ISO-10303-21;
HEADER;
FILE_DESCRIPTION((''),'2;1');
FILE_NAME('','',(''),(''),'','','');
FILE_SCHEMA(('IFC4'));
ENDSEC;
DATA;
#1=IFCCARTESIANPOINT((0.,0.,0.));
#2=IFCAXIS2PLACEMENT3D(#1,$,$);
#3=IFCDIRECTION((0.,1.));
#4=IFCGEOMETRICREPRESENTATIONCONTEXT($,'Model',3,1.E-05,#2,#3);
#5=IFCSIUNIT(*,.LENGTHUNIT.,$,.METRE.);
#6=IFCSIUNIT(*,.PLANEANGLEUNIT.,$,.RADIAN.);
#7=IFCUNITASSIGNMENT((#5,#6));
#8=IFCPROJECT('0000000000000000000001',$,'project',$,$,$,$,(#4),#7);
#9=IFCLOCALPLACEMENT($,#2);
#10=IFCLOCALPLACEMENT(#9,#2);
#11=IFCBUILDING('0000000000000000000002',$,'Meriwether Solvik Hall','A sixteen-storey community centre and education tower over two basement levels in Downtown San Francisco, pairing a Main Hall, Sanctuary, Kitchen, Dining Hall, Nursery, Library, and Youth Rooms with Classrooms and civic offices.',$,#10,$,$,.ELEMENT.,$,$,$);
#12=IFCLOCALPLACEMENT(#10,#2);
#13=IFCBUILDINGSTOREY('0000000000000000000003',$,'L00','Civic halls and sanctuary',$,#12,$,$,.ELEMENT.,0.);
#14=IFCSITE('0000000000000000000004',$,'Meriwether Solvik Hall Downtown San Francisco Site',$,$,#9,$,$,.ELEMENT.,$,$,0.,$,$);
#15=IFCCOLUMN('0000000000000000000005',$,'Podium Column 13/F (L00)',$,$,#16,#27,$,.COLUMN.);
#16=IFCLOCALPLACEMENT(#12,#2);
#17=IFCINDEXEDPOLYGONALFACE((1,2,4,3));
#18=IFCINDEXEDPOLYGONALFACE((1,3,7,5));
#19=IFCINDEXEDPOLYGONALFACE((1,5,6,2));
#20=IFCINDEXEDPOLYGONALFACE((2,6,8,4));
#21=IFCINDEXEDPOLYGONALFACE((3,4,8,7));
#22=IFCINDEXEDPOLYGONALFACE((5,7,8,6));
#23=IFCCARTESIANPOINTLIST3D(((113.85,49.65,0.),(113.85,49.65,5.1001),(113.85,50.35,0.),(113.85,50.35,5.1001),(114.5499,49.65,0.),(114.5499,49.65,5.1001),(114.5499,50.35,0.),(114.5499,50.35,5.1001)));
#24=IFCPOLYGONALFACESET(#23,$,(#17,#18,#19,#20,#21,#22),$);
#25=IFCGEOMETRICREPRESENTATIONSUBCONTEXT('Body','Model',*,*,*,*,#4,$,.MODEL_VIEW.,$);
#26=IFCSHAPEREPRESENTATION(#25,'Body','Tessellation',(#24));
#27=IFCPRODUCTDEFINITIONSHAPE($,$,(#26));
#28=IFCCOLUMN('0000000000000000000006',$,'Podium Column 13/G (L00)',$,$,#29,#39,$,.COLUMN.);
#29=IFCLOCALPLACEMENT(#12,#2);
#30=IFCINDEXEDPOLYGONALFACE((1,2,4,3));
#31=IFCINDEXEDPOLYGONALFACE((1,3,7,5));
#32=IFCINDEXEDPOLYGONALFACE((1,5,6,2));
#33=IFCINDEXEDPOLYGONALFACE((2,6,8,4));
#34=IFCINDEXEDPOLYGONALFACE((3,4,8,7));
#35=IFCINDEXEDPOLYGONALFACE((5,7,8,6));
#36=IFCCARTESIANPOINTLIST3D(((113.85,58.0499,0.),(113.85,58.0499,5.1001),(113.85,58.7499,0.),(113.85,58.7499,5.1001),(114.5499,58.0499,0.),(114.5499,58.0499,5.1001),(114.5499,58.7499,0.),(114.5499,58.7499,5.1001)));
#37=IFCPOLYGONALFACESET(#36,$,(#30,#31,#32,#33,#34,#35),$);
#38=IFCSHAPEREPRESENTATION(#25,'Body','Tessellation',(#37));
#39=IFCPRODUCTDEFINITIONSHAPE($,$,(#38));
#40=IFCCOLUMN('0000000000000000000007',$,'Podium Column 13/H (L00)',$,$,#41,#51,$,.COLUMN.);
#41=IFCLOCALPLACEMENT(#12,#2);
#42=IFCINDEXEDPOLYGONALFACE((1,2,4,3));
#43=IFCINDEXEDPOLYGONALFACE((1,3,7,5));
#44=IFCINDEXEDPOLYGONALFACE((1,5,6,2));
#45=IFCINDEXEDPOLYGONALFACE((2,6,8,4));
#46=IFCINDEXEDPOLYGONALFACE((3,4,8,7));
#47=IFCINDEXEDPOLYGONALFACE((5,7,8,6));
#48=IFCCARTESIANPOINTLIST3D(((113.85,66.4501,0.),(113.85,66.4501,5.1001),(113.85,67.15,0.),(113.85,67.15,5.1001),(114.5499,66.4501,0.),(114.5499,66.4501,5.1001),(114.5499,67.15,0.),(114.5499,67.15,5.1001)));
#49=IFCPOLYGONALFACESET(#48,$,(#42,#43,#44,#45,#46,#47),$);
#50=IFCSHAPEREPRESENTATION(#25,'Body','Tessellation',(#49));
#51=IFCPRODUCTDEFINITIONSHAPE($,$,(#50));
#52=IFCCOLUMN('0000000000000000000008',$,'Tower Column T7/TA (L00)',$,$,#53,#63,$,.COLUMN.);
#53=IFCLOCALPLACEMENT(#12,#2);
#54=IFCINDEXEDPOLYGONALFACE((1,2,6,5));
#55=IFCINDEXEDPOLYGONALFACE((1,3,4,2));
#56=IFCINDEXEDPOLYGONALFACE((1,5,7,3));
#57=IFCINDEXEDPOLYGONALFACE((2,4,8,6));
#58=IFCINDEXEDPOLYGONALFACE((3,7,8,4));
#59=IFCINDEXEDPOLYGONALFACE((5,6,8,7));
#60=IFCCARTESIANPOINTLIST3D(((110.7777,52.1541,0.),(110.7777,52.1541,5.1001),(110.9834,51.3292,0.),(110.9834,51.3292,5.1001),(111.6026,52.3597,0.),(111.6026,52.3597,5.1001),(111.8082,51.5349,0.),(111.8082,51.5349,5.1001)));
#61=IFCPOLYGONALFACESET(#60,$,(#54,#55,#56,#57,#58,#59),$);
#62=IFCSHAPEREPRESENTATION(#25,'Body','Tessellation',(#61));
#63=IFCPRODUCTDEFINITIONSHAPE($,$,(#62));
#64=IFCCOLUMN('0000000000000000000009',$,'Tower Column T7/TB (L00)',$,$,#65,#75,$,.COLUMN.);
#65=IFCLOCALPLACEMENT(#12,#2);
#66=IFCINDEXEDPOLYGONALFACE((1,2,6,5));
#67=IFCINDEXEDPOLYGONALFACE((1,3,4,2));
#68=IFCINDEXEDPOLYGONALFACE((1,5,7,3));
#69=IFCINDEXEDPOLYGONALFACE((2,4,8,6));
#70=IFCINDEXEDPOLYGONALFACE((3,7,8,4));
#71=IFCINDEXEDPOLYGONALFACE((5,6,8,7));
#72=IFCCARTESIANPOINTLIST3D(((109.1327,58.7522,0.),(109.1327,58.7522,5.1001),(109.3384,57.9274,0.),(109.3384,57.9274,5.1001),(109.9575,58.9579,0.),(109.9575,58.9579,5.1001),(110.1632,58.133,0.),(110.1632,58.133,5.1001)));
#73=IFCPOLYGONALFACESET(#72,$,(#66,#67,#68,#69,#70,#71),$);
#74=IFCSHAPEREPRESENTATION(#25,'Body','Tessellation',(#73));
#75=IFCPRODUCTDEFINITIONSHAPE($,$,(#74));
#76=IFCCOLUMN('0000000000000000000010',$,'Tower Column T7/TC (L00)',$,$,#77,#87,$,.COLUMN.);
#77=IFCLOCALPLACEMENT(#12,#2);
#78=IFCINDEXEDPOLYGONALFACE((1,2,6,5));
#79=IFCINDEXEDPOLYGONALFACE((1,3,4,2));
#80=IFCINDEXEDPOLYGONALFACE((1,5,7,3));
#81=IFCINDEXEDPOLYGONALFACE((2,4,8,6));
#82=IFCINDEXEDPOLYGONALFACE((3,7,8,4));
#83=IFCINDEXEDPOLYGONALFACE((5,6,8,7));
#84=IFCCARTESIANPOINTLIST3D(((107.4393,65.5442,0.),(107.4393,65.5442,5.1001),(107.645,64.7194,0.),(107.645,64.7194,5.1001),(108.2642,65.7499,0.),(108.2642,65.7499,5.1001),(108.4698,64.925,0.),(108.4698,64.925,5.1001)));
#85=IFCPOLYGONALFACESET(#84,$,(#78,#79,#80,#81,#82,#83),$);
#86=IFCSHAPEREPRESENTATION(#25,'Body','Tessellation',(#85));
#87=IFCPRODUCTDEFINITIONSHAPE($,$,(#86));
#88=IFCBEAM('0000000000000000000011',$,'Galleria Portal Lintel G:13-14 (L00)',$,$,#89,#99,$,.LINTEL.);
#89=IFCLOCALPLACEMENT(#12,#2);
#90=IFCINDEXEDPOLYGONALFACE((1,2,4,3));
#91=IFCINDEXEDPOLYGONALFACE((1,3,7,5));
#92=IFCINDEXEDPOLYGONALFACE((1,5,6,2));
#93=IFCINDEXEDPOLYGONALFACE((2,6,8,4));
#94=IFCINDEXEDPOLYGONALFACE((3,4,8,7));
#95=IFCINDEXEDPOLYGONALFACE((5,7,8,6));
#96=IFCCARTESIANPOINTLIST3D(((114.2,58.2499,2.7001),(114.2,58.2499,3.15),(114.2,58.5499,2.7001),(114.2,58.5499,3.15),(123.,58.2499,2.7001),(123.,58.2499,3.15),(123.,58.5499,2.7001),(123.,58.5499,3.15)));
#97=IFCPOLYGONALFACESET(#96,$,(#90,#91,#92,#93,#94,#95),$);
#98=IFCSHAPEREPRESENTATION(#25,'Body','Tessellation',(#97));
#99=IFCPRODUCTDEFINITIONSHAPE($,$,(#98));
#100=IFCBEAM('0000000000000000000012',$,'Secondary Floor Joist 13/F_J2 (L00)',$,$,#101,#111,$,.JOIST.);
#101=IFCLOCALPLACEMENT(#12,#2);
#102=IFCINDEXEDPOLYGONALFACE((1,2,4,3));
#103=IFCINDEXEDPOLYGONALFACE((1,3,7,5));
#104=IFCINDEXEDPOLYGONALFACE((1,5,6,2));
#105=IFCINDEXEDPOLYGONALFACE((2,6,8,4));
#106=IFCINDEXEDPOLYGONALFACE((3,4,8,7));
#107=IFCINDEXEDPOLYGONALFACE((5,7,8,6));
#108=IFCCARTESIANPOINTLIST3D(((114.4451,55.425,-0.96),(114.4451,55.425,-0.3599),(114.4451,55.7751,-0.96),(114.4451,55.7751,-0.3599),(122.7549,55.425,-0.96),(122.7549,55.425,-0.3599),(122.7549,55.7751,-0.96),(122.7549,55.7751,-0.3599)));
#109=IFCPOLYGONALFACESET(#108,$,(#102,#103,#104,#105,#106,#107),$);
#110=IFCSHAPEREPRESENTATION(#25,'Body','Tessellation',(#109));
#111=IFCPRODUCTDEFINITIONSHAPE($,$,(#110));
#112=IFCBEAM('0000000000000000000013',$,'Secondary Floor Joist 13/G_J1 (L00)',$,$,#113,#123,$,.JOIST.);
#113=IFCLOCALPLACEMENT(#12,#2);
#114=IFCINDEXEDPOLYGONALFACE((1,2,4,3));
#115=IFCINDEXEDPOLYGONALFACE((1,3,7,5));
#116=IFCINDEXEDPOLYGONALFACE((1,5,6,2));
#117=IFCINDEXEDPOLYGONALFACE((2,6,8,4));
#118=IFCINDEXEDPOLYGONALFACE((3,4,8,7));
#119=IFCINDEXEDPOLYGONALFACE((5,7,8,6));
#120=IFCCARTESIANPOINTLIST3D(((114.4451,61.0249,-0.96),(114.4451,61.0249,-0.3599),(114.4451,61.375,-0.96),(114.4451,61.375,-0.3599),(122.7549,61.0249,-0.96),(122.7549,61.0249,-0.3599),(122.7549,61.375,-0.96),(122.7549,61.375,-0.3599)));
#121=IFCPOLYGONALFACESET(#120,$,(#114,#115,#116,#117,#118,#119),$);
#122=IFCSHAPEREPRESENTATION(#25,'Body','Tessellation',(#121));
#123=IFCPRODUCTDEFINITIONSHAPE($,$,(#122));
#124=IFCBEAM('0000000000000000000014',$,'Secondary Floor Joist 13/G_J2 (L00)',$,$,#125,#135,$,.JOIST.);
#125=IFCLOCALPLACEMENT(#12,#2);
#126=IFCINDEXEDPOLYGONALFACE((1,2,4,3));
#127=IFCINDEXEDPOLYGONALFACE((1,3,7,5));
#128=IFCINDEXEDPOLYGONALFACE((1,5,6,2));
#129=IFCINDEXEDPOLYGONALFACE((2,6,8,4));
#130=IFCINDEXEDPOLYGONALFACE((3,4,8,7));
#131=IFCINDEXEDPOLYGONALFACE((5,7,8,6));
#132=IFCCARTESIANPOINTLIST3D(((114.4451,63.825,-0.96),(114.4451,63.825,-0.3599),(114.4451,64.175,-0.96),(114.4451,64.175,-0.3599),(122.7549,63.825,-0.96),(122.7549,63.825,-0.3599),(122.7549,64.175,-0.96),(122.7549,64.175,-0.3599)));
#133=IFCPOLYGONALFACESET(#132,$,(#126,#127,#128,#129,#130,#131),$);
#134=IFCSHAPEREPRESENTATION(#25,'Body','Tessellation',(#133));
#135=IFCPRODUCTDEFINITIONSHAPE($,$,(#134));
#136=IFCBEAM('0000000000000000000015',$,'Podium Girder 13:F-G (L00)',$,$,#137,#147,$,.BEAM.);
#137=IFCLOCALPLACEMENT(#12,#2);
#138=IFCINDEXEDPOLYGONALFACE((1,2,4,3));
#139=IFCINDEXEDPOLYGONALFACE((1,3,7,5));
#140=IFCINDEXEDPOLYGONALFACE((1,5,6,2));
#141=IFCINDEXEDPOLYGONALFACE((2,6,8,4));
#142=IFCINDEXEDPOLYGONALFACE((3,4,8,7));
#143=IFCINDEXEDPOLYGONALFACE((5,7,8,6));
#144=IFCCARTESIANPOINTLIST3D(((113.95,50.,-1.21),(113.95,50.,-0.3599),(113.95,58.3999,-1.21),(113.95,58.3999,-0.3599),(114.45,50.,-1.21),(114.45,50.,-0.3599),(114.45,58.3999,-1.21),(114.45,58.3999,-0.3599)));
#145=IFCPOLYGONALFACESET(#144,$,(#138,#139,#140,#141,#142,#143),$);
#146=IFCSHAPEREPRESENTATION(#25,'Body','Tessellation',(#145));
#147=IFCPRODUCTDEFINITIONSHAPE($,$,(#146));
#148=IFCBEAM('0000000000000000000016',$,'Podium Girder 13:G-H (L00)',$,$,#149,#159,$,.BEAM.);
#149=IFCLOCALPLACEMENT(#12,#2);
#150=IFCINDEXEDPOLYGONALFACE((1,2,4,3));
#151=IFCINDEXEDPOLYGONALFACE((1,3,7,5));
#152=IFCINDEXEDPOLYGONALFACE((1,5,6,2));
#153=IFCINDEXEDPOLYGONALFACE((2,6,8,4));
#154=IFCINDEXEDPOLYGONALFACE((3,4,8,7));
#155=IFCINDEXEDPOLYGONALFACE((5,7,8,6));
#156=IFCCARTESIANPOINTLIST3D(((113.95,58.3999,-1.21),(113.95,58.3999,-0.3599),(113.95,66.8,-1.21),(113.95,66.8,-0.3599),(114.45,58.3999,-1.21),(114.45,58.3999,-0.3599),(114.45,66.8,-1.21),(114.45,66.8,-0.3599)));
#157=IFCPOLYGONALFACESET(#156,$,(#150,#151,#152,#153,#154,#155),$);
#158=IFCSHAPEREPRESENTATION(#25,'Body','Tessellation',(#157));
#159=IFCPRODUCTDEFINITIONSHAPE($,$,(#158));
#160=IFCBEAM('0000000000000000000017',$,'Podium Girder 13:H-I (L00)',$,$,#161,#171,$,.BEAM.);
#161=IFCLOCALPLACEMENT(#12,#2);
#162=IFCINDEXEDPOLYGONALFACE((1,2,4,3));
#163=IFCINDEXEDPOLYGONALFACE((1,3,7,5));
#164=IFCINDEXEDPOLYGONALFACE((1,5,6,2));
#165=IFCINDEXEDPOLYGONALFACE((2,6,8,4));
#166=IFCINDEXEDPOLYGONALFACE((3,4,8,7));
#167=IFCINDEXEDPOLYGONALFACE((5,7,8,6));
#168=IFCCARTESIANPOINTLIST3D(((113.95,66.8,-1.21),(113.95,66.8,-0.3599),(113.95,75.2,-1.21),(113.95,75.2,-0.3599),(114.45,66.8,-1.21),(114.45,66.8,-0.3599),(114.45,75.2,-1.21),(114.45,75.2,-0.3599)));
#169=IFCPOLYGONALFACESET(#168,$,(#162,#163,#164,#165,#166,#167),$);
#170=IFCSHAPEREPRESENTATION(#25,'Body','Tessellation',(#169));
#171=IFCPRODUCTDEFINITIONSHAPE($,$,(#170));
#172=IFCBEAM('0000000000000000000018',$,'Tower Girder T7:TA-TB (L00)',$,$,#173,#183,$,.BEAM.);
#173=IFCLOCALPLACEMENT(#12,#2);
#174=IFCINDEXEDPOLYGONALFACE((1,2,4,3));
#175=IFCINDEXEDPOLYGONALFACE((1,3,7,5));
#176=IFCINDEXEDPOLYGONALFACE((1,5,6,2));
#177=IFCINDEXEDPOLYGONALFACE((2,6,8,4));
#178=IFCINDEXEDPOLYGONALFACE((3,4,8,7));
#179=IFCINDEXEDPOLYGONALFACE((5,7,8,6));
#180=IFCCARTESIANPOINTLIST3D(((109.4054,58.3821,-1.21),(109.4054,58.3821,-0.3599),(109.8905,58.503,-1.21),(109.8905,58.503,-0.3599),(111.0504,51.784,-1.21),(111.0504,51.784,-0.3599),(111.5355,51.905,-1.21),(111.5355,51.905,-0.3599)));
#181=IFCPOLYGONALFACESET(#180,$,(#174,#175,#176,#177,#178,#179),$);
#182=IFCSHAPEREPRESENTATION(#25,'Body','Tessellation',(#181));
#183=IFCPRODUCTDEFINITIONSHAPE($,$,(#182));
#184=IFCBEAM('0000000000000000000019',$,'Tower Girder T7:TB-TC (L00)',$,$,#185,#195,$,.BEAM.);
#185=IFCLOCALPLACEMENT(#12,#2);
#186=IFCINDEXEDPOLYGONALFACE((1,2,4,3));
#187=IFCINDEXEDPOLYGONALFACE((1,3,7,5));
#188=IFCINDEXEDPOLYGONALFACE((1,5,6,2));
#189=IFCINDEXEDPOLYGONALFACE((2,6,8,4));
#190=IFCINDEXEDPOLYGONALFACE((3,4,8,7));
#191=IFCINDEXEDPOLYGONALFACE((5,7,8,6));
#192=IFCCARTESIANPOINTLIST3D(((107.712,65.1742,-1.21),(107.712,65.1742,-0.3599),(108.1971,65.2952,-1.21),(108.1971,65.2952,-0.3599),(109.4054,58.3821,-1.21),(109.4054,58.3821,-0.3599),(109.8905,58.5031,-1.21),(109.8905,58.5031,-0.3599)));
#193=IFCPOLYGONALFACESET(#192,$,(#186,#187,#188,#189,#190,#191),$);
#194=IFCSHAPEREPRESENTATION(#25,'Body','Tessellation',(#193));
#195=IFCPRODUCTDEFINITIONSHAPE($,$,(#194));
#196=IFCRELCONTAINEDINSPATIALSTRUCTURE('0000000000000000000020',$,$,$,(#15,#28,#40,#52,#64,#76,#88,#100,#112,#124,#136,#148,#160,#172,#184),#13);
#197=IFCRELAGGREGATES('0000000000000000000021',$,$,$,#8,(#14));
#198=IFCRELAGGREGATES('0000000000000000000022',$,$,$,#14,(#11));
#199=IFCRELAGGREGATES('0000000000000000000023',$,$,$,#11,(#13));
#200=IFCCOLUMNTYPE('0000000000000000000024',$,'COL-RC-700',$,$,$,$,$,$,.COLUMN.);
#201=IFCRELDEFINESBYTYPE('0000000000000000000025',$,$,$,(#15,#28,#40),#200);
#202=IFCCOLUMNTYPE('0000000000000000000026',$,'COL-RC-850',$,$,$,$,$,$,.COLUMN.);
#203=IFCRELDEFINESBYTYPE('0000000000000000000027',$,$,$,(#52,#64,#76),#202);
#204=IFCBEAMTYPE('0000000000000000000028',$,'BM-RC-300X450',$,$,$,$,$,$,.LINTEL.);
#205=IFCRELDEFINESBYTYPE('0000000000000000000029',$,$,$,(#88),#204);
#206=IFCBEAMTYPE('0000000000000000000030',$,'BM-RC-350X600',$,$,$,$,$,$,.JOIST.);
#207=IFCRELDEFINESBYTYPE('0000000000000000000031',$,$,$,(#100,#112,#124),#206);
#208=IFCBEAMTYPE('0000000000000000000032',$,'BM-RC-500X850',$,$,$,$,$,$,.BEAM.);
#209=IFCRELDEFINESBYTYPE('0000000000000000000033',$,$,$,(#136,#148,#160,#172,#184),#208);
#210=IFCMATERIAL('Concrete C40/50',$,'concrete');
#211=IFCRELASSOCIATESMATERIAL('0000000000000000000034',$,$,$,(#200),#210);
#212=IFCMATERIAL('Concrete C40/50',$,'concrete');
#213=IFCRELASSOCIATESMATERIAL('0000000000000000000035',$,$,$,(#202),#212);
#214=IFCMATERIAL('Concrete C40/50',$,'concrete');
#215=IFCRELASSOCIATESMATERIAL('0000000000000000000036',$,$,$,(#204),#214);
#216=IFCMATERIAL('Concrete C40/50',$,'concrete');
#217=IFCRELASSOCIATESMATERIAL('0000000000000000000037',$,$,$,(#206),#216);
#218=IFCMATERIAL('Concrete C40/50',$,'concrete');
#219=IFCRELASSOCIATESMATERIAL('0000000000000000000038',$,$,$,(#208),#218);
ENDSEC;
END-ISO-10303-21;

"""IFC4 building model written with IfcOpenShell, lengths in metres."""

from ifc_helpers import new_model, si_unit, direction, frame, origin, origin_2d, place, context, subcontext, project, spatial, rectangle, extrude, material, material_profile, profile_set, type_object, element, save


model = new_model("IFC4")

# Units and contexts
model_context = context("Model", 3, precision=1e-05, world=origin(), true_north=direction((0.0, 1.0)))
body_context = subcontext(model_context, "Body", "Model", "MODEL_VIEW")
ifc_project = project(units=[si_unit("LENGTHUNIT", "METRE"), si_unit("PLANEANGLEUNIT", "RADIAN")], contexts=[model_context])

# Site, building, storey
site_placement = place(None, origin())
site = spatial("IfcSite", under=ifc_project, at=site_placement, Name="Meriwether Solvik Hall Downtown San Francisco Site", CompositionType="ELEMENT", RefElevation=0.0)
building_placement = place(site_placement, origin())
building = spatial("IfcBuilding", under=site, at=building_placement, Name="Meriwether Solvik Hall", Description="A sixteen-storey community centre and education tower over two basement levels in Downtown San Francisco, pairing a Main Hall, Sanctuary, Kitchen, Dining Hall, Nursery, Library, and Youth Rooms with Classrooms and civic offices.", CompositionType="ELEMENT")
storey_placement = place(building_placement, origin())
storey = spatial("IfcBuildingStorey", under=building, at=storey_placement, Name="L00", Description="Civic halls and sanctuary", CompositionType="ELEMENT", Elevation=0.0)

# Columns
ifc_material_1 = material(Name="Concrete C40/50", Category="concrete")
ifc_material_profile_1 = material_profile(ifc_material_1, rectangle(XDim=0.7, YDim=0.7, at=origin_2d()), Name="RCC-700X700")
ifc_profile_set_1 = profile_set([ifc_material_profile_1], Name="Concrete C40/50")
column_type_1 = type_object("IfcColumnType", Name="COL-RC-700", PredefinedType="COLUMN", material=ifc_profile_set_1)
for number, where, z_axis, x_axis, name in (
    (1, (114.2, 50.0, 0.0), (0.0, 0.0, 1.0), (1.0, 0.0, 0.0), "Podium Column 13/F (L00)"),
    (2, (114.2, 58.3999, 0.0), (0.0, 0.0, 1.0), (1.0, 0.0, 0.0), "Podium Column 13/G (L00)"),
    (3, (114.2, 66.8, 0.0), (0.0, 0.0, 1.0), (1.0, 0.0, 0.0), "Podium Column 13/H (L00)"),
):
    element("IfcColumn", number, at=place(storey_placement, frame(where, z_axis=z_axis, x_axis=x_axis)), inside=storey, type_object=column_type_1, Name=name, PredefinedType="COLUMN", context=body_context, shape_type="SweptSolid", body=[
        extrude(rectangle(XDim=0.7, YDim=0.7, at=origin_2d()), origin(), (0.0, 0.0, 1.0), 5.1001),
    ])
ifc_material_2 = material(Name="Concrete C40/50", Category="concrete")
ifc_material_profile_2 = material_profile(ifc_material_2, rectangle(XDim=0.8501, YDim=0.8501, at=origin_2d()), Name="RCC-850X850")
ifc_profile_set_2 = profile_set([ifc_material_profile_2], Name="Concrete C40/50")
column_type_2 = type_object("IfcColumnType", Name="COL-RC-850", PredefinedType="COLUMN", material=ifc_profile_set_2)
for number, where, z_axis, x_axis, name in (
    (4, (111.293, 51.8445, 0.0), (0.0, 0.0, 1.0), (0.970296, 0.241922, 0.0), "Tower Column T7/TA (L00)"),
    (5, (109.6479, 58.4426, 0.0), (0.0, 0.0, 1.0), (0.970296, 0.241922, 0.0), "Tower Column T7/TB (L00)"),
    (6, (107.9546, 65.2346, 0.0), (0.0, 0.0, 1.0), (0.970296, 0.241922, 0.0), "Tower Column T7/TC (L00)"),
):
    element("IfcColumn", number, at=place(storey_placement, frame(where, z_axis=z_axis, x_axis=x_axis)), inside=storey, type_object=column_type_2, Name=name, PredefinedType="COLUMN", context=body_context, shape_type="SweptSolid", body=[
        extrude(rectangle(XDim=0.8501, YDim=0.8501, at=origin_2d()), origin(), (0.0, 0.0, 1.0), 5.1001),
    ])

# Beams
ifc_material_3 = material(Name="Concrete C40/50", Category="concrete")
ifc_material_profile_3 = material_profile(ifc_material_3, rectangle(XDim=0.3, YDim=0.45, at=origin_2d()), Name="RCB-300X450")
ifc_profile_set_3 = profile_set([ifc_material_profile_3], Name="Concrete C40/50")
beam_type_1 = type_object("IfcBeamType", Name="BM-RC-300X450", PredefinedType="LINTEL", material=ifc_profile_set_3)
beam_1_placement = place(storey_placement, frame((114.2, 58.3999, 2.925), z_axis=(1.0, 0.0, 0.0), x_axis=(0.0, 1.0, 0.0)))
element("IfcBeam", 7, at=beam_1_placement, inside=storey, type_object=beam_type_1, Name="Galleria Portal Lintel G:13-14 (L00)", PredefinedType="LINTEL", context=body_context, shape_type="SweptSolid", body=[
    extrude(rectangle(XDim=0.3, YDim=0.45, at=origin_2d()), origin(), (0.0, 0.0, 1.0), 8.8),
])
ifc_material_4 = material(Name="Concrete C40/50", Category="concrete")
ifc_material_profile_4 = material_profile(ifc_material_4, rectangle(XDim=0.3501, YDim=0.6001, at=origin_2d()), Name="RCB-350X600")
ifc_profile_set_4 = profile_set([ifc_material_profile_4], Name="Concrete C40/50")
beam_type_2 = type_object("IfcBeamType", Name="BM-RC-350X600", PredefinedType="JOIST", material=ifc_profile_set_4)
for number, where, z_axis, x_axis, name in (
    (8, (114.4451, 55.6001, -0.6599), (1.0, 0.0, 0.0), (0.0, 1.0, 0.0), "Secondary Floor Joist 13/F_J2 (L00)"),
    (9, (114.4451, 61.2, -0.6599), (1.0, 0.0, 0.0), (0.0, 1.0, 0.0), "Secondary Floor Joist 13/G_J1 (L00)"),
    (10, (114.4451, 64.0, -0.6599), (1.0, 0.0, 0.0), (0.0, 1.0, 0.0), "Secondary Floor Joist 13/G_J2 (L00)"),
):
    element("IfcBeam", number, at=place(storey_placement, frame(where, z_axis=z_axis, x_axis=x_axis)), inside=storey, type_object=beam_type_2, Name=name, PredefinedType="JOIST", context=body_context, shape_type="SweptSolid", body=[
        extrude(rectangle(XDim=0.3501, YDim=0.6001, at=origin_2d()), origin(), (0.0, 0.0, 1.0), 8.3098),
    ])
ifc_material_5 = material(Name="Concrete C40/50", Category="concrete")
ifc_material_profile_5 = material_profile(ifc_material_5, rectangle(XDim=0.5, YDim=0.8501, at=origin_2d()), Name="RCB-500X850")
ifc_profile_set_5 = profile_set([ifc_material_profile_5], Name="Concrete C40/50")
beam_type_3 = type_object("IfcBeamType", Name="BM-RC-500X850", PredefinedType="BEAM", material=ifc_profile_set_5)
beam_2_placement = place(storey_placement, frame((114.2, 50.0, -0.7849), z_axis=(0.0, 1.0, 0.0), x_axis=(-1.0, 0.0, 0.0)))
element("IfcBeam", 11, at=beam_2_placement, inside=storey, type_object=beam_type_3, Name="Podium Girder 13:F-G (L00)", PredefinedType="BEAM", context=body_context, shape_type="SweptSolid", body=[
    extrude(rectangle(XDim=0.5, YDim=0.8501, at=origin_2d()), origin(), (0.0, 0.0, 1.0), 8.3999),
])
beam_3_placement = place(storey_placement, frame((114.2, 58.3999, -0.7849), z_axis=(0.0, 1.0, 0.0), x_axis=(-1.0, 0.0, 0.0)))
element("IfcBeam", 12, at=beam_3_placement, inside=storey, type_object=beam_type_3, Name="Podium Girder 13:G-H (L00)", PredefinedType="BEAM", context=body_context, shape_type="SweptSolid", body=[
    extrude(rectangle(XDim=0.5, YDim=0.8501, at=origin_2d()), origin(), (0.0, 0.0, 1.0), 8.4001),
])
beam_4_placement = place(storey_placement, frame((114.2, 66.8, -0.7849), z_axis=(0.0, 1.0, 0.0), x_axis=(-1.0, 0.0, 0.0)))
element("IfcBeam", 13, at=beam_4_placement, inside=storey, type_object=beam_type_3, Name="Podium Girder 13:H-I (L00)", PredefinedType="BEAM", context=body_context, shape_type="SweptSolid", body=[
    extrude(rectangle(XDim=0.5, YDim=0.8501, at=origin_2d()), origin(), (0.0, 0.0, 1.0), 8.3999),
])
beam_5_placement = place(storey_placement, frame((111.293, 51.8445, -0.7849), z_axis=(-0.24191, 0.970299, 0.0), x_axis=(-0.970299, -0.24191, 0.0)))
element("IfcBeam", 14, at=beam_5_placement, inside=storey, type_object=beam_type_3, Name="Tower Girder T7:TA-TB (L00)", PredefinedType="BEAM", context=body_context, shape_type="SweptSolid", body=[
    extrude(rectangle(XDim=0.5, YDim=0.8501, at=origin_2d()), origin(), (0.0, 0.0, 1.0), 6.8),
])
beam_6_placement = place(storey_placement, frame((109.6479, 58.4426, -0.7849), z_axis=(-0.241912, 0.970298, 0.0), x_axis=(-0.970298, -0.241912, 0.0)))
element("IfcBeam", 15, at=beam_6_placement, inside=storey, type_object=beam_type_3, Name="Tower Girder T7:TB-TC (L00)", PredefinedType="BEAM", context=body_context, shape_type="SweptSolid", body=[
    extrude(rectangle(XDim=0.5, YDim=0.8501, at=origin_2d()), origin(), (0.0, 0.0, 1.0), 7.0),
])

save(model, "model.ifc")
